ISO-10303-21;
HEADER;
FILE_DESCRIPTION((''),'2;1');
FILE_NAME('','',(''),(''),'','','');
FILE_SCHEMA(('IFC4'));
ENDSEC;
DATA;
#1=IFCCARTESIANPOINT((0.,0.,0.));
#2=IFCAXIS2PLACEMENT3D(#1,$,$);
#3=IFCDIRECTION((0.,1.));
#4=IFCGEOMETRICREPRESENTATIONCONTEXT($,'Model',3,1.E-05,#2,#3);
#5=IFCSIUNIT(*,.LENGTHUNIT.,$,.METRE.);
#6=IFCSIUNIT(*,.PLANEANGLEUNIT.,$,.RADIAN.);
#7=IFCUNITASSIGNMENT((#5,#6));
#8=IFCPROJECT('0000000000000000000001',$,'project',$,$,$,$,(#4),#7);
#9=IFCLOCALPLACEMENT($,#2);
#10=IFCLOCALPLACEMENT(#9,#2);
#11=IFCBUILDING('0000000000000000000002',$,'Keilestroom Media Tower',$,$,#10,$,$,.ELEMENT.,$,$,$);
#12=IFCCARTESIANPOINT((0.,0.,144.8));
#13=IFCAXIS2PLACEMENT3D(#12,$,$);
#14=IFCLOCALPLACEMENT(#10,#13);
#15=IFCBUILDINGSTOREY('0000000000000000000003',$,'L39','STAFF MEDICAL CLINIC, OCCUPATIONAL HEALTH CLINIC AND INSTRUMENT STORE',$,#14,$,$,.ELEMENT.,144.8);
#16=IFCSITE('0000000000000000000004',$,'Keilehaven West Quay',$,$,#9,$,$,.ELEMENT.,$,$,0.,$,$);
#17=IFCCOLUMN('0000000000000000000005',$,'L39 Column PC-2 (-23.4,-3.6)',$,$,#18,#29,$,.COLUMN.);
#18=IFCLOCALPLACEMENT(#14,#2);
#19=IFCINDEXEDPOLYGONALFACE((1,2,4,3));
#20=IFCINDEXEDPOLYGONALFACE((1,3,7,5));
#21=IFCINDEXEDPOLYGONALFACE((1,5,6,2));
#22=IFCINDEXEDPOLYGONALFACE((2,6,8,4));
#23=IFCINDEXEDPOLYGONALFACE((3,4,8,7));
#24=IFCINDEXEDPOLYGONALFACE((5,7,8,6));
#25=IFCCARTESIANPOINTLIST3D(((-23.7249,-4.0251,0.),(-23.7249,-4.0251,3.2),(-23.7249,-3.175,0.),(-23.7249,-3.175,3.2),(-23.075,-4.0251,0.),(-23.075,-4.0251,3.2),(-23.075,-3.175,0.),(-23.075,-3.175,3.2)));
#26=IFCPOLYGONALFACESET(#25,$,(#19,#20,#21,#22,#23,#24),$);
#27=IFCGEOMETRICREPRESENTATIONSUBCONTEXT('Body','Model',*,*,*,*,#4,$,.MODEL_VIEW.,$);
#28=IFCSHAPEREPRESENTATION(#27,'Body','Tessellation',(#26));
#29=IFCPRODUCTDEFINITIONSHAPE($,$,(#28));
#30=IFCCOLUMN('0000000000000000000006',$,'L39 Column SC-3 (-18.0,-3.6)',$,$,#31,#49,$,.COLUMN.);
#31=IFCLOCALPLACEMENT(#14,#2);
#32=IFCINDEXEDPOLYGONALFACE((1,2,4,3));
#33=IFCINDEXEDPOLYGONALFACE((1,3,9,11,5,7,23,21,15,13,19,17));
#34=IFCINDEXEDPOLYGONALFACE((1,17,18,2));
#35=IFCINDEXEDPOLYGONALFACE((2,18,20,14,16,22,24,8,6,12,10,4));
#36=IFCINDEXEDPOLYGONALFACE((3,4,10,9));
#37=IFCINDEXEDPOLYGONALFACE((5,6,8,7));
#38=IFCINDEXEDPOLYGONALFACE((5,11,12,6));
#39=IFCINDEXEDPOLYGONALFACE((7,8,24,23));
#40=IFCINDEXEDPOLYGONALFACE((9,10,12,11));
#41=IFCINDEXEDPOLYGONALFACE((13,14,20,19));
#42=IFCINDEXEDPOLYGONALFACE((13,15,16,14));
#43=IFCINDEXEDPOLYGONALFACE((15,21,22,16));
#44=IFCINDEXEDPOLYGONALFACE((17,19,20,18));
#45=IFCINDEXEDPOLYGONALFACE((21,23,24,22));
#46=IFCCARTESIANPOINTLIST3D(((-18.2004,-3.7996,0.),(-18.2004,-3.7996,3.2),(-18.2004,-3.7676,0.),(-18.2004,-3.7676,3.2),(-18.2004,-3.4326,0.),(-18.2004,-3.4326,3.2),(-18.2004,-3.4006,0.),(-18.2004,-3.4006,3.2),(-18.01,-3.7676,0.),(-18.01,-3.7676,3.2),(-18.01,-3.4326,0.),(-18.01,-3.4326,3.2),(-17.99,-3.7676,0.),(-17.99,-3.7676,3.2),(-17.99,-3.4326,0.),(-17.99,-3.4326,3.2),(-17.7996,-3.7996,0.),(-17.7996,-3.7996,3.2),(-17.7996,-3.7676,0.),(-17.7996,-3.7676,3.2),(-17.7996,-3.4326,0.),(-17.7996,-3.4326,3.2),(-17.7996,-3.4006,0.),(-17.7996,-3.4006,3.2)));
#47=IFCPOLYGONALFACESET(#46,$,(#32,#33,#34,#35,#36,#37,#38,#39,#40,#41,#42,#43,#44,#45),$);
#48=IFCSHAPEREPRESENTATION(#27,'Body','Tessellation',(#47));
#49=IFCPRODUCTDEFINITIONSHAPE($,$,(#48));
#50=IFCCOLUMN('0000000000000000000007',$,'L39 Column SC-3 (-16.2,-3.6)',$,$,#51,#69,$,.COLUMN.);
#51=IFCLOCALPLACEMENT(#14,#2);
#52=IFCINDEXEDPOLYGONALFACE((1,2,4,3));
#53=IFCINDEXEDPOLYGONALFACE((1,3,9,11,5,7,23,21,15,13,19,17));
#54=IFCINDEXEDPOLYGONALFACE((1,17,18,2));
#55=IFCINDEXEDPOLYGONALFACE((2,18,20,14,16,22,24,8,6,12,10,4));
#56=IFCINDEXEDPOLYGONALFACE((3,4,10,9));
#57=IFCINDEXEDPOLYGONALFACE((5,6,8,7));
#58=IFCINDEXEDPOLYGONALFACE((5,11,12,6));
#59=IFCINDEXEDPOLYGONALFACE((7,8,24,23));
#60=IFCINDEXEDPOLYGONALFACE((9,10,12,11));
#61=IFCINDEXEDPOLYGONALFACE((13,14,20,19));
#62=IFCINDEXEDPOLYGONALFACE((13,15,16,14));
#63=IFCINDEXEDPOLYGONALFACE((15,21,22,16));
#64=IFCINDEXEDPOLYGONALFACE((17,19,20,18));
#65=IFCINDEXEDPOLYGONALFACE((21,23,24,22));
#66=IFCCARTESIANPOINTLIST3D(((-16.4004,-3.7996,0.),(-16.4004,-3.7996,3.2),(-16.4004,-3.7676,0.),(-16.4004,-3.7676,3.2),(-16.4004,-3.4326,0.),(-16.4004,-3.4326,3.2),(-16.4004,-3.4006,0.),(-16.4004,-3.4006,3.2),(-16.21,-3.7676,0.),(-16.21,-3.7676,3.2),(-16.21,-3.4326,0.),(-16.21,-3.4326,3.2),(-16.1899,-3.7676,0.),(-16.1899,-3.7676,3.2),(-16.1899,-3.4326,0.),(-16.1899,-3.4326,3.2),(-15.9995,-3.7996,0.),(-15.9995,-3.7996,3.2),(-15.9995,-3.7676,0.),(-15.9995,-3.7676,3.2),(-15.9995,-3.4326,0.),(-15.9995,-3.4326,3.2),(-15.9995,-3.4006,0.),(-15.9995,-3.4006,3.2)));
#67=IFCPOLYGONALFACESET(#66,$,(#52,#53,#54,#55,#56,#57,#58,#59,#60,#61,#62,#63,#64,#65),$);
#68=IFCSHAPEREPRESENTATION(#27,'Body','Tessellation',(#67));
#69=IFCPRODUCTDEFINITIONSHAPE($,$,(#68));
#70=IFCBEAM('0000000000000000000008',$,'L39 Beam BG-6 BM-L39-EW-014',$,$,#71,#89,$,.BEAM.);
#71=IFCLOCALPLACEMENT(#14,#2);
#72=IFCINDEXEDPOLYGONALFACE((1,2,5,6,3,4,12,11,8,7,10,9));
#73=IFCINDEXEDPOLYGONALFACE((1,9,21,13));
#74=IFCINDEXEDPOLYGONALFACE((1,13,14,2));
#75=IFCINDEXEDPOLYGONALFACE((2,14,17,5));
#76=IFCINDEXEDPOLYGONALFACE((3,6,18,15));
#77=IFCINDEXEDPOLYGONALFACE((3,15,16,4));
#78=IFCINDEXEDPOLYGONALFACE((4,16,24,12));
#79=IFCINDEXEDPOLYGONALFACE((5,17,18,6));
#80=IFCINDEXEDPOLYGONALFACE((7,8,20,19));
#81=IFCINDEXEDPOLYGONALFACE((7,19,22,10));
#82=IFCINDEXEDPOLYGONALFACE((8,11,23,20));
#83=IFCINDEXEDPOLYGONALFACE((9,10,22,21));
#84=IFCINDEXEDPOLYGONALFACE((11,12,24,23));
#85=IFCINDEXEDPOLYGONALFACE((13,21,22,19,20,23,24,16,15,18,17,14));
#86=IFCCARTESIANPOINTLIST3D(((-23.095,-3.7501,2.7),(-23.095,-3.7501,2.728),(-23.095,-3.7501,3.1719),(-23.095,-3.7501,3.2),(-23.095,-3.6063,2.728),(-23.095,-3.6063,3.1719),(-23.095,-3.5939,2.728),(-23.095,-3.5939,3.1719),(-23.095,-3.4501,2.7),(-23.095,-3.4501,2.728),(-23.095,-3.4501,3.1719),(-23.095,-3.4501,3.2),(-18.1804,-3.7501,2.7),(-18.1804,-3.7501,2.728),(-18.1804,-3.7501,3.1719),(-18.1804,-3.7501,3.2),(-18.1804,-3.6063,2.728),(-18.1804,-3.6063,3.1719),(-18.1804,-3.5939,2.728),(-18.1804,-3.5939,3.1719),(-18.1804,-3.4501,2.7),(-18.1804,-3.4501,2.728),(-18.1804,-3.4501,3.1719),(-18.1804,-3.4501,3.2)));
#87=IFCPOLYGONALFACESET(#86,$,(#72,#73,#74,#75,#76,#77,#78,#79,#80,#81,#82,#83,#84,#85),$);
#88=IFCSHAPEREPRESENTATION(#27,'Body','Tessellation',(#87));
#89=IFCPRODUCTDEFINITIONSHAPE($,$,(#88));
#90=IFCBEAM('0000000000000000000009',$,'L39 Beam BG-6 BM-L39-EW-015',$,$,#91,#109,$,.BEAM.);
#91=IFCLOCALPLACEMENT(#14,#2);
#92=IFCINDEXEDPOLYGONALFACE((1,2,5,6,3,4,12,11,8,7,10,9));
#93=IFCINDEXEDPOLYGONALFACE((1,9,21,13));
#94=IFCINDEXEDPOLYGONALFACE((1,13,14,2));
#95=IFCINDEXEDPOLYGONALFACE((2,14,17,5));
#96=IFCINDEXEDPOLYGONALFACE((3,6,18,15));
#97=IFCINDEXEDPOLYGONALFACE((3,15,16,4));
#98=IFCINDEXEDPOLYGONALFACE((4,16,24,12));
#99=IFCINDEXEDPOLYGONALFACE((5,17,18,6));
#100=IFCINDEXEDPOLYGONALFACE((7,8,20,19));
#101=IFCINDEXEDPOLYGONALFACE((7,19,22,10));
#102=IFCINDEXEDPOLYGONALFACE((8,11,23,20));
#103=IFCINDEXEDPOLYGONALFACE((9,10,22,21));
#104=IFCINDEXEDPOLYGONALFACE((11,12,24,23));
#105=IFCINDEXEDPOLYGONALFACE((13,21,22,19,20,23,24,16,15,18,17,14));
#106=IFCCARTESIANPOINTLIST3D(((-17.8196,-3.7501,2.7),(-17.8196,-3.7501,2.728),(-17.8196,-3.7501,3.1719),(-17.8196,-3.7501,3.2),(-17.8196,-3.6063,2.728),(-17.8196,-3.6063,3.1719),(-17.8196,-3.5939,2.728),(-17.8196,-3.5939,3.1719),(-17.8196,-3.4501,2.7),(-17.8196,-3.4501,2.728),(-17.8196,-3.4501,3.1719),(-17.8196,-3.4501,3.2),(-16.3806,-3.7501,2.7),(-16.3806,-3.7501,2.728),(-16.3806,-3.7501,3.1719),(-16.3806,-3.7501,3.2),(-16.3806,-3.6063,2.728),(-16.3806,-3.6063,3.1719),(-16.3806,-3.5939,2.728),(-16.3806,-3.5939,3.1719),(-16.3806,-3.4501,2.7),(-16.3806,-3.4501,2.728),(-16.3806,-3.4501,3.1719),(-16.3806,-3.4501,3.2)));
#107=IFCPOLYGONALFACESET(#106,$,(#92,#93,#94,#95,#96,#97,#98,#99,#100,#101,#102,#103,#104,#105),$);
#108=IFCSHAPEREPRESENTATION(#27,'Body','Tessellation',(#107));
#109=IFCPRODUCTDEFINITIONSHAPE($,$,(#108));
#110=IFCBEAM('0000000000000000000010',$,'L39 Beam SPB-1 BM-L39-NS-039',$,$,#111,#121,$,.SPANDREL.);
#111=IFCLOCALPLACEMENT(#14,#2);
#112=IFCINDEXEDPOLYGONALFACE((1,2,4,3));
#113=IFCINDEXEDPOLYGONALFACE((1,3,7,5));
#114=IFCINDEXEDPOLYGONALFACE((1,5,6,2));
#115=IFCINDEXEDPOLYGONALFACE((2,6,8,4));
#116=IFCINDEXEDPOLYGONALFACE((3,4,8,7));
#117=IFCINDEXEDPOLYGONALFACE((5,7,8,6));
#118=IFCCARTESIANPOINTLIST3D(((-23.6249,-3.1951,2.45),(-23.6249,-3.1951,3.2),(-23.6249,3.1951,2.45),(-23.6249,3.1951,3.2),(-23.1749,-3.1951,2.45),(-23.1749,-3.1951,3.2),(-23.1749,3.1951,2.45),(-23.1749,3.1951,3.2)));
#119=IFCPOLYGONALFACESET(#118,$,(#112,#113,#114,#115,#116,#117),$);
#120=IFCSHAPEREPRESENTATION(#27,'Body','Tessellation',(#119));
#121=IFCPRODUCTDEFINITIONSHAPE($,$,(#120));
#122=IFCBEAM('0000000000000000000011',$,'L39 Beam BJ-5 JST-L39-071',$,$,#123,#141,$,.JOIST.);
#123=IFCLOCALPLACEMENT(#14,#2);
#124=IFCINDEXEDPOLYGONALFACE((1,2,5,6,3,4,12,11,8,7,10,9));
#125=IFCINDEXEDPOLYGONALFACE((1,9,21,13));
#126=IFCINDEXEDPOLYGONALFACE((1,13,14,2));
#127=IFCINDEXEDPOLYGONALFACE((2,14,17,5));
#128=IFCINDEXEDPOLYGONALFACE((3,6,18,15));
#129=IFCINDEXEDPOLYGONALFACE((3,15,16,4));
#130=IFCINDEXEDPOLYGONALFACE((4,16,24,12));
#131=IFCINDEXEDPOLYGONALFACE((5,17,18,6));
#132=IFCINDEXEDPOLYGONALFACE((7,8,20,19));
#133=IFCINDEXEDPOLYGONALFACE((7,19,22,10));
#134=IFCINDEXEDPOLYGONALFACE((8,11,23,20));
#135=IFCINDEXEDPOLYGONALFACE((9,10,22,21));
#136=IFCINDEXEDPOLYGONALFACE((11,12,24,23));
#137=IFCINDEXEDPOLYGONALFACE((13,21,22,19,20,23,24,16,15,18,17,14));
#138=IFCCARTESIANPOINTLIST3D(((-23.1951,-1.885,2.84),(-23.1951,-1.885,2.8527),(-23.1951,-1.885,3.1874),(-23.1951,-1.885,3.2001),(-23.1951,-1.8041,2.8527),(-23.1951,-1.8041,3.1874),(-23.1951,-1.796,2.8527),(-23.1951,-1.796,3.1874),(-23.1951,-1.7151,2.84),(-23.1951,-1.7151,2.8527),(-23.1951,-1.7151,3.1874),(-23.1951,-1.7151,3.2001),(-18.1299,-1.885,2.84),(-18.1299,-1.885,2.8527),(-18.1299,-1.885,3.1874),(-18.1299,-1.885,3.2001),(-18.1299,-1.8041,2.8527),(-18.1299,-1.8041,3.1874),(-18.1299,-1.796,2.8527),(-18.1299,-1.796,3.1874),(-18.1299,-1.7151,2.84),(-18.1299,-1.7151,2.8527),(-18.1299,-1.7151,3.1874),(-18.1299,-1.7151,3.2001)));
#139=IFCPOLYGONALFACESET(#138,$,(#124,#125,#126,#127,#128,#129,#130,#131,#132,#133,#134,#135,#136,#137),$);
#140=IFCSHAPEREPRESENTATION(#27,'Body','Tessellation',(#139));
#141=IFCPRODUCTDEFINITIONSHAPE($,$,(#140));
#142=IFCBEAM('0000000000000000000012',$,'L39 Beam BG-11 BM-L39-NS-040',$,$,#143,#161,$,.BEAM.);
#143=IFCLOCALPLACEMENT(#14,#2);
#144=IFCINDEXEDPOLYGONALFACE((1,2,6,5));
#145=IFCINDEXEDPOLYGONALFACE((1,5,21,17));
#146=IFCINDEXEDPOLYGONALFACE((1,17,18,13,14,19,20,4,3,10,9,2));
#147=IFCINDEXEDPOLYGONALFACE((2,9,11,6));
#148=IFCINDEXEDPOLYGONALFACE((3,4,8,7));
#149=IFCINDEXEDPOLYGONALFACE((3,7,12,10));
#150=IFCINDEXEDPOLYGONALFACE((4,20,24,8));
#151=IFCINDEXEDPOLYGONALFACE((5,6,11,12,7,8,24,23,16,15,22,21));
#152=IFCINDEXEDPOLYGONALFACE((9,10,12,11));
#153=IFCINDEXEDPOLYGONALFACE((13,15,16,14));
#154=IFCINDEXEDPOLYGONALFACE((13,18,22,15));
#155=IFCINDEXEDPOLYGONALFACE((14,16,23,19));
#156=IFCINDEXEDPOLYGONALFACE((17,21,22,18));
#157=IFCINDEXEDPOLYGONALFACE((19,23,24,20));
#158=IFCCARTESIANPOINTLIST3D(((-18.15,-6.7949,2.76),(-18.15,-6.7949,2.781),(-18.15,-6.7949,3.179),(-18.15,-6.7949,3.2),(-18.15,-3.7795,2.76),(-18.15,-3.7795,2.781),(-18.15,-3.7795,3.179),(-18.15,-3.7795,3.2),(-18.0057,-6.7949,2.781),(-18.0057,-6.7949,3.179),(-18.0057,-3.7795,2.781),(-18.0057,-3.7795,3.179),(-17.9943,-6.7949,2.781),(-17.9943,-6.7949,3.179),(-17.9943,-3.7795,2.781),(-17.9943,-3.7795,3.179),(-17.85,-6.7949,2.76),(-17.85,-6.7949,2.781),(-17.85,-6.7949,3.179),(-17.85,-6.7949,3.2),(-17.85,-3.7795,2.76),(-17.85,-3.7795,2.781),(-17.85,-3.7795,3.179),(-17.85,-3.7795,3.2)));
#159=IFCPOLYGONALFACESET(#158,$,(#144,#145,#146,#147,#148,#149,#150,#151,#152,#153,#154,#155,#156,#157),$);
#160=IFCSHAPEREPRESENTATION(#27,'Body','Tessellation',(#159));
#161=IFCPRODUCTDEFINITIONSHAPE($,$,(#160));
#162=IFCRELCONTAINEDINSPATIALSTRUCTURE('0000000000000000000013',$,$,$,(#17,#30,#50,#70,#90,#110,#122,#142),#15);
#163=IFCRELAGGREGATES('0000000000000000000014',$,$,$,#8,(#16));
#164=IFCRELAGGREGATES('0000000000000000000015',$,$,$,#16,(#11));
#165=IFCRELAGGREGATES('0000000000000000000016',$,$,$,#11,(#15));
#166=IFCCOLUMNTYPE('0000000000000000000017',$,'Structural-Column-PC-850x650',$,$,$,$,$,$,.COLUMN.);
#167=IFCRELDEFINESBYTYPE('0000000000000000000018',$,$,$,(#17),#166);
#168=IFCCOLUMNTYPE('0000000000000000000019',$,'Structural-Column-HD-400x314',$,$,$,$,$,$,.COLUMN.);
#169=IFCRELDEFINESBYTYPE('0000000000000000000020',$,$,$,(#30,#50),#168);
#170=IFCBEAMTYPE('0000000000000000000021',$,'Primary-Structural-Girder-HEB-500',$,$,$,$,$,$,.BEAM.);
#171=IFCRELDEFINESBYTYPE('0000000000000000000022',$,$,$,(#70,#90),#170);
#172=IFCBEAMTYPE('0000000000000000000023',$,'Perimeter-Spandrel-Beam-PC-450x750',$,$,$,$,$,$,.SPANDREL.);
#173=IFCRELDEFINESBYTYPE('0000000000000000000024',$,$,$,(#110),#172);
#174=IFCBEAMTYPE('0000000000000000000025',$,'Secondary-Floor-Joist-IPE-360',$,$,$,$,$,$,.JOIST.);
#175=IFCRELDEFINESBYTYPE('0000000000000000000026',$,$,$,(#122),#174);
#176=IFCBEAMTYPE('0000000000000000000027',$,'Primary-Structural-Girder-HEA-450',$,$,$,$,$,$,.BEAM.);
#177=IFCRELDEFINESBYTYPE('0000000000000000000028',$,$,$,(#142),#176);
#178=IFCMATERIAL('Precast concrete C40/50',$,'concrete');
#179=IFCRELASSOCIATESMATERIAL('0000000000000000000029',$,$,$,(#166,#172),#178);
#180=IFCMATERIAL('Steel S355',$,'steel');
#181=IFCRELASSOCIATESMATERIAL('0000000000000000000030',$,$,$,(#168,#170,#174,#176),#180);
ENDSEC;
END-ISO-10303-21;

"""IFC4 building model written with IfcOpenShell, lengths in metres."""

from ifc_helpers import new_model, si_unit, direction, frame, origin, origin_2d, place, context, subcontext, project, spatial, rectangle, i_section, extrude, source, transform, mapped, material, material_profile, profile_set, type_object, element, save


model = new_model("IFC4")

# Units and contexts
model_context = context("Model", 3, precision=1e-05, world=origin(), true_north=direction((0.0, 1.0)))
body_context = subcontext(model_context, "Body", "Model", "MODEL_VIEW")
ifc_project = project(units=[si_unit("LENGTHUNIT", "METRE"), si_unit("PLANEANGLEUNIT", "RADIAN")], contexts=[model_context])

# Site, building, storey
site_placement = place(None, origin())
site = spatial("IfcSite", under=ifc_project, at=site_placement, Name="Keilehaven West Quay", CompositionType="ELEMENT", RefElevation=0.0)
building_placement = place(site_placement, origin())
building = spatial("IfcBuilding", under=site, at=building_placement, Name="Keilestroom Media Tower", CompositionType="ELEMENT")
storey_placement = place(building_placement, frame((0.0, 0.0, 144.8)))
storey = spatial("IfcBuildingStorey", under=building, at=storey_placement, Name="L39", Description="STAFF MEDICAL CLINIC, OCCUPATIONAL HEALTH CLINIC AND INSTRUMENT STORE", CompositionType="ELEMENT", Elevation=144.8)

# Columns
ifc_material_1 = material(Name="Precast concrete C40/50", Category="concrete")
ifc_material_profile_1 = material_profile(ifc_material_1, rectangle(XDim=0.6499, YDim=0.8501, at=origin_2d()), Name="PC 850x650")
ifc_profile_set_1 = profile_set([ifc_material_profile_1], Name="Precast concrete C40/50")
column_type_1 = type_object("IfcColumnType", Name="Structural-Column-PC-850x650", PredefinedType="COLUMN", material=ifc_profile_set_1)
shared_shape_1 = source(origin(), body_context, "Body", "SweptSolid", [
    extrude(rectangle(XDim=0.6499, YDim=0.8501, at=origin_2d()), origin(), (0.0, 0.0, 1.0), 3.2),
])
column_placement = place(storey_placement, frame((-23.3999, -3.6001, 0.0), z_axis=(0.0, 0.0, 1.0), x_axis=(1.0, 0.0, 0.0)))
element("IfcColumn", 1, at=column_placement, inside=storey, type_object=column_type_1, Name="L39 Column PC-2 (-23.4,-3.6)", PredefinedType="COLUMN", context=body_context, shape_type="MappedRepresentation", body=[
    mapped(shared_shape_1, transform((0.0, 0.0, 0.0), x_axis=(1.0, 0.0, 0.0), y_axis=(0.0, 1.0, 0.0), z_axis=(0.0, 0.0, 1.0), scale=1.0)),
])
ifc_material_2 = material(Name="Steel S355", Category="steel")
ifc_material_profile_2 = material_profile(ifc_material_2, i_section(OverallWidth=0.4009, OverallDepth=0.3989, WebThickness=0.02, FlangeThickness=0.032, at=origin_2d()), Name="HD 400x314")
ifc_profile_set_2 = profile_set([ifc_material_profile_2], Name="Steel S355")
column_type_2 = type_object("IfcColumnType", Name="Structural-Column-HD-400x314", PredefinedType="COLUMN", material=ifc_profile_set_2)
shared_shape_2 = source(origin(), body_context, "Body", "SweptSolid", [
    extrude(i_section(OverallWidth=0.4009, OverallDepth=0.3989, WebThickness=0.02, FlangeThickness=0.032, at=origin_2d()), origin(), (0.0, 0.0, 1.0), 3.2),
])
for number, where, z_axis, x_axis, name in (
    (2, (-18.0, -3.6001, 0.0), (0.0, 0.0, 1.0), (1.0, 0.0, 0.0), "L39 Column SC-3 (-18.0,-3.6)"),
    (3, (-16.2, -3.6001, 0.0), (0.0, 0.0, 1.0), (1.0, 0.0, 0.0), "L39 Column SC-3 (-16.2,-3.6)"),
):
    element("IfcColumn", number, at=place(storey_placement, frame(where, z_axis=z_axis, x_axis=x_axis)), inside=storey, type_object=column_type_2, Name=name, PredefinedType="COLUMN", context=body_context, shape_type="MappedRepresentation", body=[
        mapped(shared_shape_2, transform((0.0, 0.0, 0.0), x_axis=(1.0, 0.0, 0.0), y_axis=(0.0, 1.0, 0.0), z_axis=(0.0, 0.0, 1.0), scale=1.0)),
    ])

# Beams
ifc_material_profile_3 = material_profile(ifc_material_2, i_section(OverallWidth=0.3, OverallDepth=0.5, WebThickness=0.0125, FlangeThickness=0.0281, at=origin_2d()), Name="HEB 500")
ifc_profile_set_3 = profile_set([ifc_material_profile_3], Name="Steel S355")
beam_type_1 = type_object("IfcBeamType", Name="Primary-Structural-Girder-HEB-500", PredefinedType="BEAM", material=ifc_profile_set_3)
shared_shape_3 = source(origin(), body_context, "Body", "SweptSolid", [
    extrude(i_section(OverallWidth=0.3, OverallDepth=0.5, WebThickness=0.0125, FlangeThickness=0.0281, at=origin_2d()), origin(), (0.0, 0.0, 1.0), 4.9146),
])
beam_1_placement = place(storey_placement, frame((-23.095, -3.6001, 2.95), z_axis=(1.0, 0.0, 0.0), x_axis=(0.0, 1.0, 0.0)))
element("IfcBeam", 4, at=beam_1_placement, inside=storey, type_object=beam_type_1, Name="L39 Beam BG-6 BM-L39-EW-014", PredefinedType="BEAM", context=body_context, shape_type="MappedRepresentation", body=[
    mapped(shared_shape_3, transform((0.0, 0.0, 0.0), x_axis=(1.0, 0.0, 0.0), y_axis=(0.0, 1.0, 0.0), z_axis=(0.0, 0.0, 1.0), scale=1.0)),
])
shared_shape_4 = source(origin(), body_context, "Body", "SweptSolid", [
    extrude(i_section(OverallWidth=0.3, OverallDepth=0.5, WebThickness=0.0125, FlangeThickness=0.0281, at=origin_2d()), origin(), (0.0, 0.0, 1.0), 1.439),
])
beam_2_placement = place(storey_placement, frame((-17.8196, -3.6001, 2.95), z_axis=(1.0, 0.0, 0.0), x_axis=(0.0, 1.0, 0.0)))
element("IfcBeam", 5, at=beam_2_placement, inside=storey, type_object=beam_type_1, Name="L39 Beam BG-6 BM-L39-EW-015", PredefinedType="BEAM", context=body_context, shape_type="MappedRepresentation", body=[
    mapped(shared_shape_4, transform((0.0, 0.0, 0.0), x_axis=(1.0, 0.0, 0.0), y_axis=(0.0, 1.0, 0.0), z_axis=(0.0, 0.0, 1.0), scale=1.0)),
])
ifc_material_profile_4 = material_profile(ifc_material_1, rectangle(XDim=0.45, YDim=0.75, at=origin_2d()), Name="PC 450x750")
ifc_profile_set_4 = profile_set([ifc_material_profile_4], Name="Precast concrete C40/50")
beam_type_2 = type_object("IfcBeamType", Name="Perimeter-Spandrel-Beam-PC-450x750", PredefinedType="SPANDREL", material=ifc_profile_set_4)
shared_shape_5 = source(origin(), body_context, "Body", "SweptSolid", [
    extrude(rectangle(XDim=0.45, YDim=0.75, at=origin_2d()), origin(), (0.0, 0.0, 1.0), 6.3901),
])
beam_3_placement = place(storey_placement, frame((-23.3999, -3.1951, 2.825), z_axis=(0.0, 1.0, 0.0), x_axis=(-1.0, 0.0, 0.0)))
element("IfcBeam", 6, at=beam_3_placement, inside=storey, type_object=beam_type_2, Name="L39 Beam SPB-1 BM-L39-NS-039", PredefinedType="SPANDREL", context=body_context, shape_type="MappedRepresentation", body=[
    mapped(shared_shape_5, transform((0.0, 0.0, 0.0), x_axis=(1.0, 0.0, 0.0), y_axis=(0.0, 1.0, 0.0), z_axis=(0.0, 0.0, 1.0), scale=1.0)),
])
ifc_material_profile_5 = material_profile(ifc_material_2, i_section(OverallWidth=0.1699, OverallDepth=0.3601, WebThickness=0.0081, FlangeThickness=0.0127, at=origin_2d()), Name="IPE 360")
ifc_profile_set_5 = profile_set([ifc_material_profile_5], Name="Steel S355")
beam_type_3 = type_object("IfcBeamType", Name="Secondary-Floor-Joist-IPE-360", PredefinedType="JOIST", material=ifc_profile_set_5)
shared_shape_6 = source(origin(), body_context, "Body", "SweptSolid", [
    extrude(i_section(OverallWidth=0.1699, OverallDepth=0.3601, WebThickness=0.0081, FlangeThickness=0.0127, at=origin_2d()), origin(), (0.0, 0.0, 1.0), 5.0652),
])
beam_4_placement = place(storey_placement, frame((-23.1951, -1.8, 3.02), z_axis=(1.0, 0.0, 0.0), x_axis=(0.0, 1.0, 0.0)))
element("IfcBeam", 7, at=beam_4_placement, inside=storey, type_object=beam_type_3, Name="L39 Beam BJ-5 JST-L39-071", PredefinedType="JOIST", context=body_context, shape_type="MappedRepresentation", body=[
    mapped(shared_shape_6, transform((0.0, 0.0, 0.0), x_axis=(1.0, 0.0, 0.0), y_axis=(0.0, 1.0, 0.0), z_axis=(0.0, 0.0, 1.0), scale=1.0)),
])
ifc_material_profile_6 = material_profile(ifc_material_2, i_section(OverallWidth=0.3, OverallDepth=0.4399, WebThickness=0.0115, FlangeThickness=0.021, at=origin_2d()), Name="HEA 450")
ifc_profile_set_6 = profile_set([ifc_material_profile_6], Name="Steel S355")
beam_type_4 = type_object("IfcBeamType", Name="Primary-Structural-Girder-HEA-450", PredefinedType="BEAM", material=ifc_profile_set_6)
shared_shape_7 = source(origin(), body_context, "Body", "SweptSolid", [
    extrude(i_section(OverallWidth=0.3, OverallDepth=0.4399, WebThickness=0.0115, FlangeThickness=0.021, at=origin_2d()), origin(), (0.0, 0.0, 1.0), 3.0154),
])
beam_5_placement = place(storey_placement, frame((-18.0, -6.7949, 2.98), z_axis=(0.0, 1.0, 0.0), x_axis=(-1.0, 0.0, 0.0)))
element("IfcBeam", 8, at=beam_5_placement, inside=storey, type_object=beam_type_4, Name="L39 Beam BG-11 BM-L39-NS-040", PredefinedType="BEAM", context=body_context, shape_type="MappedRepresentation", body=[
    mapped(shared_shape_7, transform((0.0, 0.0, 0.0), x_axis=(1.0, 0.0, 0.0), y_axis=(0.0, 1.0, 0.0), z_axis=(0.0, 0.0, 1.0), scale=1.0)),
])

save(model, "model.ifc")
